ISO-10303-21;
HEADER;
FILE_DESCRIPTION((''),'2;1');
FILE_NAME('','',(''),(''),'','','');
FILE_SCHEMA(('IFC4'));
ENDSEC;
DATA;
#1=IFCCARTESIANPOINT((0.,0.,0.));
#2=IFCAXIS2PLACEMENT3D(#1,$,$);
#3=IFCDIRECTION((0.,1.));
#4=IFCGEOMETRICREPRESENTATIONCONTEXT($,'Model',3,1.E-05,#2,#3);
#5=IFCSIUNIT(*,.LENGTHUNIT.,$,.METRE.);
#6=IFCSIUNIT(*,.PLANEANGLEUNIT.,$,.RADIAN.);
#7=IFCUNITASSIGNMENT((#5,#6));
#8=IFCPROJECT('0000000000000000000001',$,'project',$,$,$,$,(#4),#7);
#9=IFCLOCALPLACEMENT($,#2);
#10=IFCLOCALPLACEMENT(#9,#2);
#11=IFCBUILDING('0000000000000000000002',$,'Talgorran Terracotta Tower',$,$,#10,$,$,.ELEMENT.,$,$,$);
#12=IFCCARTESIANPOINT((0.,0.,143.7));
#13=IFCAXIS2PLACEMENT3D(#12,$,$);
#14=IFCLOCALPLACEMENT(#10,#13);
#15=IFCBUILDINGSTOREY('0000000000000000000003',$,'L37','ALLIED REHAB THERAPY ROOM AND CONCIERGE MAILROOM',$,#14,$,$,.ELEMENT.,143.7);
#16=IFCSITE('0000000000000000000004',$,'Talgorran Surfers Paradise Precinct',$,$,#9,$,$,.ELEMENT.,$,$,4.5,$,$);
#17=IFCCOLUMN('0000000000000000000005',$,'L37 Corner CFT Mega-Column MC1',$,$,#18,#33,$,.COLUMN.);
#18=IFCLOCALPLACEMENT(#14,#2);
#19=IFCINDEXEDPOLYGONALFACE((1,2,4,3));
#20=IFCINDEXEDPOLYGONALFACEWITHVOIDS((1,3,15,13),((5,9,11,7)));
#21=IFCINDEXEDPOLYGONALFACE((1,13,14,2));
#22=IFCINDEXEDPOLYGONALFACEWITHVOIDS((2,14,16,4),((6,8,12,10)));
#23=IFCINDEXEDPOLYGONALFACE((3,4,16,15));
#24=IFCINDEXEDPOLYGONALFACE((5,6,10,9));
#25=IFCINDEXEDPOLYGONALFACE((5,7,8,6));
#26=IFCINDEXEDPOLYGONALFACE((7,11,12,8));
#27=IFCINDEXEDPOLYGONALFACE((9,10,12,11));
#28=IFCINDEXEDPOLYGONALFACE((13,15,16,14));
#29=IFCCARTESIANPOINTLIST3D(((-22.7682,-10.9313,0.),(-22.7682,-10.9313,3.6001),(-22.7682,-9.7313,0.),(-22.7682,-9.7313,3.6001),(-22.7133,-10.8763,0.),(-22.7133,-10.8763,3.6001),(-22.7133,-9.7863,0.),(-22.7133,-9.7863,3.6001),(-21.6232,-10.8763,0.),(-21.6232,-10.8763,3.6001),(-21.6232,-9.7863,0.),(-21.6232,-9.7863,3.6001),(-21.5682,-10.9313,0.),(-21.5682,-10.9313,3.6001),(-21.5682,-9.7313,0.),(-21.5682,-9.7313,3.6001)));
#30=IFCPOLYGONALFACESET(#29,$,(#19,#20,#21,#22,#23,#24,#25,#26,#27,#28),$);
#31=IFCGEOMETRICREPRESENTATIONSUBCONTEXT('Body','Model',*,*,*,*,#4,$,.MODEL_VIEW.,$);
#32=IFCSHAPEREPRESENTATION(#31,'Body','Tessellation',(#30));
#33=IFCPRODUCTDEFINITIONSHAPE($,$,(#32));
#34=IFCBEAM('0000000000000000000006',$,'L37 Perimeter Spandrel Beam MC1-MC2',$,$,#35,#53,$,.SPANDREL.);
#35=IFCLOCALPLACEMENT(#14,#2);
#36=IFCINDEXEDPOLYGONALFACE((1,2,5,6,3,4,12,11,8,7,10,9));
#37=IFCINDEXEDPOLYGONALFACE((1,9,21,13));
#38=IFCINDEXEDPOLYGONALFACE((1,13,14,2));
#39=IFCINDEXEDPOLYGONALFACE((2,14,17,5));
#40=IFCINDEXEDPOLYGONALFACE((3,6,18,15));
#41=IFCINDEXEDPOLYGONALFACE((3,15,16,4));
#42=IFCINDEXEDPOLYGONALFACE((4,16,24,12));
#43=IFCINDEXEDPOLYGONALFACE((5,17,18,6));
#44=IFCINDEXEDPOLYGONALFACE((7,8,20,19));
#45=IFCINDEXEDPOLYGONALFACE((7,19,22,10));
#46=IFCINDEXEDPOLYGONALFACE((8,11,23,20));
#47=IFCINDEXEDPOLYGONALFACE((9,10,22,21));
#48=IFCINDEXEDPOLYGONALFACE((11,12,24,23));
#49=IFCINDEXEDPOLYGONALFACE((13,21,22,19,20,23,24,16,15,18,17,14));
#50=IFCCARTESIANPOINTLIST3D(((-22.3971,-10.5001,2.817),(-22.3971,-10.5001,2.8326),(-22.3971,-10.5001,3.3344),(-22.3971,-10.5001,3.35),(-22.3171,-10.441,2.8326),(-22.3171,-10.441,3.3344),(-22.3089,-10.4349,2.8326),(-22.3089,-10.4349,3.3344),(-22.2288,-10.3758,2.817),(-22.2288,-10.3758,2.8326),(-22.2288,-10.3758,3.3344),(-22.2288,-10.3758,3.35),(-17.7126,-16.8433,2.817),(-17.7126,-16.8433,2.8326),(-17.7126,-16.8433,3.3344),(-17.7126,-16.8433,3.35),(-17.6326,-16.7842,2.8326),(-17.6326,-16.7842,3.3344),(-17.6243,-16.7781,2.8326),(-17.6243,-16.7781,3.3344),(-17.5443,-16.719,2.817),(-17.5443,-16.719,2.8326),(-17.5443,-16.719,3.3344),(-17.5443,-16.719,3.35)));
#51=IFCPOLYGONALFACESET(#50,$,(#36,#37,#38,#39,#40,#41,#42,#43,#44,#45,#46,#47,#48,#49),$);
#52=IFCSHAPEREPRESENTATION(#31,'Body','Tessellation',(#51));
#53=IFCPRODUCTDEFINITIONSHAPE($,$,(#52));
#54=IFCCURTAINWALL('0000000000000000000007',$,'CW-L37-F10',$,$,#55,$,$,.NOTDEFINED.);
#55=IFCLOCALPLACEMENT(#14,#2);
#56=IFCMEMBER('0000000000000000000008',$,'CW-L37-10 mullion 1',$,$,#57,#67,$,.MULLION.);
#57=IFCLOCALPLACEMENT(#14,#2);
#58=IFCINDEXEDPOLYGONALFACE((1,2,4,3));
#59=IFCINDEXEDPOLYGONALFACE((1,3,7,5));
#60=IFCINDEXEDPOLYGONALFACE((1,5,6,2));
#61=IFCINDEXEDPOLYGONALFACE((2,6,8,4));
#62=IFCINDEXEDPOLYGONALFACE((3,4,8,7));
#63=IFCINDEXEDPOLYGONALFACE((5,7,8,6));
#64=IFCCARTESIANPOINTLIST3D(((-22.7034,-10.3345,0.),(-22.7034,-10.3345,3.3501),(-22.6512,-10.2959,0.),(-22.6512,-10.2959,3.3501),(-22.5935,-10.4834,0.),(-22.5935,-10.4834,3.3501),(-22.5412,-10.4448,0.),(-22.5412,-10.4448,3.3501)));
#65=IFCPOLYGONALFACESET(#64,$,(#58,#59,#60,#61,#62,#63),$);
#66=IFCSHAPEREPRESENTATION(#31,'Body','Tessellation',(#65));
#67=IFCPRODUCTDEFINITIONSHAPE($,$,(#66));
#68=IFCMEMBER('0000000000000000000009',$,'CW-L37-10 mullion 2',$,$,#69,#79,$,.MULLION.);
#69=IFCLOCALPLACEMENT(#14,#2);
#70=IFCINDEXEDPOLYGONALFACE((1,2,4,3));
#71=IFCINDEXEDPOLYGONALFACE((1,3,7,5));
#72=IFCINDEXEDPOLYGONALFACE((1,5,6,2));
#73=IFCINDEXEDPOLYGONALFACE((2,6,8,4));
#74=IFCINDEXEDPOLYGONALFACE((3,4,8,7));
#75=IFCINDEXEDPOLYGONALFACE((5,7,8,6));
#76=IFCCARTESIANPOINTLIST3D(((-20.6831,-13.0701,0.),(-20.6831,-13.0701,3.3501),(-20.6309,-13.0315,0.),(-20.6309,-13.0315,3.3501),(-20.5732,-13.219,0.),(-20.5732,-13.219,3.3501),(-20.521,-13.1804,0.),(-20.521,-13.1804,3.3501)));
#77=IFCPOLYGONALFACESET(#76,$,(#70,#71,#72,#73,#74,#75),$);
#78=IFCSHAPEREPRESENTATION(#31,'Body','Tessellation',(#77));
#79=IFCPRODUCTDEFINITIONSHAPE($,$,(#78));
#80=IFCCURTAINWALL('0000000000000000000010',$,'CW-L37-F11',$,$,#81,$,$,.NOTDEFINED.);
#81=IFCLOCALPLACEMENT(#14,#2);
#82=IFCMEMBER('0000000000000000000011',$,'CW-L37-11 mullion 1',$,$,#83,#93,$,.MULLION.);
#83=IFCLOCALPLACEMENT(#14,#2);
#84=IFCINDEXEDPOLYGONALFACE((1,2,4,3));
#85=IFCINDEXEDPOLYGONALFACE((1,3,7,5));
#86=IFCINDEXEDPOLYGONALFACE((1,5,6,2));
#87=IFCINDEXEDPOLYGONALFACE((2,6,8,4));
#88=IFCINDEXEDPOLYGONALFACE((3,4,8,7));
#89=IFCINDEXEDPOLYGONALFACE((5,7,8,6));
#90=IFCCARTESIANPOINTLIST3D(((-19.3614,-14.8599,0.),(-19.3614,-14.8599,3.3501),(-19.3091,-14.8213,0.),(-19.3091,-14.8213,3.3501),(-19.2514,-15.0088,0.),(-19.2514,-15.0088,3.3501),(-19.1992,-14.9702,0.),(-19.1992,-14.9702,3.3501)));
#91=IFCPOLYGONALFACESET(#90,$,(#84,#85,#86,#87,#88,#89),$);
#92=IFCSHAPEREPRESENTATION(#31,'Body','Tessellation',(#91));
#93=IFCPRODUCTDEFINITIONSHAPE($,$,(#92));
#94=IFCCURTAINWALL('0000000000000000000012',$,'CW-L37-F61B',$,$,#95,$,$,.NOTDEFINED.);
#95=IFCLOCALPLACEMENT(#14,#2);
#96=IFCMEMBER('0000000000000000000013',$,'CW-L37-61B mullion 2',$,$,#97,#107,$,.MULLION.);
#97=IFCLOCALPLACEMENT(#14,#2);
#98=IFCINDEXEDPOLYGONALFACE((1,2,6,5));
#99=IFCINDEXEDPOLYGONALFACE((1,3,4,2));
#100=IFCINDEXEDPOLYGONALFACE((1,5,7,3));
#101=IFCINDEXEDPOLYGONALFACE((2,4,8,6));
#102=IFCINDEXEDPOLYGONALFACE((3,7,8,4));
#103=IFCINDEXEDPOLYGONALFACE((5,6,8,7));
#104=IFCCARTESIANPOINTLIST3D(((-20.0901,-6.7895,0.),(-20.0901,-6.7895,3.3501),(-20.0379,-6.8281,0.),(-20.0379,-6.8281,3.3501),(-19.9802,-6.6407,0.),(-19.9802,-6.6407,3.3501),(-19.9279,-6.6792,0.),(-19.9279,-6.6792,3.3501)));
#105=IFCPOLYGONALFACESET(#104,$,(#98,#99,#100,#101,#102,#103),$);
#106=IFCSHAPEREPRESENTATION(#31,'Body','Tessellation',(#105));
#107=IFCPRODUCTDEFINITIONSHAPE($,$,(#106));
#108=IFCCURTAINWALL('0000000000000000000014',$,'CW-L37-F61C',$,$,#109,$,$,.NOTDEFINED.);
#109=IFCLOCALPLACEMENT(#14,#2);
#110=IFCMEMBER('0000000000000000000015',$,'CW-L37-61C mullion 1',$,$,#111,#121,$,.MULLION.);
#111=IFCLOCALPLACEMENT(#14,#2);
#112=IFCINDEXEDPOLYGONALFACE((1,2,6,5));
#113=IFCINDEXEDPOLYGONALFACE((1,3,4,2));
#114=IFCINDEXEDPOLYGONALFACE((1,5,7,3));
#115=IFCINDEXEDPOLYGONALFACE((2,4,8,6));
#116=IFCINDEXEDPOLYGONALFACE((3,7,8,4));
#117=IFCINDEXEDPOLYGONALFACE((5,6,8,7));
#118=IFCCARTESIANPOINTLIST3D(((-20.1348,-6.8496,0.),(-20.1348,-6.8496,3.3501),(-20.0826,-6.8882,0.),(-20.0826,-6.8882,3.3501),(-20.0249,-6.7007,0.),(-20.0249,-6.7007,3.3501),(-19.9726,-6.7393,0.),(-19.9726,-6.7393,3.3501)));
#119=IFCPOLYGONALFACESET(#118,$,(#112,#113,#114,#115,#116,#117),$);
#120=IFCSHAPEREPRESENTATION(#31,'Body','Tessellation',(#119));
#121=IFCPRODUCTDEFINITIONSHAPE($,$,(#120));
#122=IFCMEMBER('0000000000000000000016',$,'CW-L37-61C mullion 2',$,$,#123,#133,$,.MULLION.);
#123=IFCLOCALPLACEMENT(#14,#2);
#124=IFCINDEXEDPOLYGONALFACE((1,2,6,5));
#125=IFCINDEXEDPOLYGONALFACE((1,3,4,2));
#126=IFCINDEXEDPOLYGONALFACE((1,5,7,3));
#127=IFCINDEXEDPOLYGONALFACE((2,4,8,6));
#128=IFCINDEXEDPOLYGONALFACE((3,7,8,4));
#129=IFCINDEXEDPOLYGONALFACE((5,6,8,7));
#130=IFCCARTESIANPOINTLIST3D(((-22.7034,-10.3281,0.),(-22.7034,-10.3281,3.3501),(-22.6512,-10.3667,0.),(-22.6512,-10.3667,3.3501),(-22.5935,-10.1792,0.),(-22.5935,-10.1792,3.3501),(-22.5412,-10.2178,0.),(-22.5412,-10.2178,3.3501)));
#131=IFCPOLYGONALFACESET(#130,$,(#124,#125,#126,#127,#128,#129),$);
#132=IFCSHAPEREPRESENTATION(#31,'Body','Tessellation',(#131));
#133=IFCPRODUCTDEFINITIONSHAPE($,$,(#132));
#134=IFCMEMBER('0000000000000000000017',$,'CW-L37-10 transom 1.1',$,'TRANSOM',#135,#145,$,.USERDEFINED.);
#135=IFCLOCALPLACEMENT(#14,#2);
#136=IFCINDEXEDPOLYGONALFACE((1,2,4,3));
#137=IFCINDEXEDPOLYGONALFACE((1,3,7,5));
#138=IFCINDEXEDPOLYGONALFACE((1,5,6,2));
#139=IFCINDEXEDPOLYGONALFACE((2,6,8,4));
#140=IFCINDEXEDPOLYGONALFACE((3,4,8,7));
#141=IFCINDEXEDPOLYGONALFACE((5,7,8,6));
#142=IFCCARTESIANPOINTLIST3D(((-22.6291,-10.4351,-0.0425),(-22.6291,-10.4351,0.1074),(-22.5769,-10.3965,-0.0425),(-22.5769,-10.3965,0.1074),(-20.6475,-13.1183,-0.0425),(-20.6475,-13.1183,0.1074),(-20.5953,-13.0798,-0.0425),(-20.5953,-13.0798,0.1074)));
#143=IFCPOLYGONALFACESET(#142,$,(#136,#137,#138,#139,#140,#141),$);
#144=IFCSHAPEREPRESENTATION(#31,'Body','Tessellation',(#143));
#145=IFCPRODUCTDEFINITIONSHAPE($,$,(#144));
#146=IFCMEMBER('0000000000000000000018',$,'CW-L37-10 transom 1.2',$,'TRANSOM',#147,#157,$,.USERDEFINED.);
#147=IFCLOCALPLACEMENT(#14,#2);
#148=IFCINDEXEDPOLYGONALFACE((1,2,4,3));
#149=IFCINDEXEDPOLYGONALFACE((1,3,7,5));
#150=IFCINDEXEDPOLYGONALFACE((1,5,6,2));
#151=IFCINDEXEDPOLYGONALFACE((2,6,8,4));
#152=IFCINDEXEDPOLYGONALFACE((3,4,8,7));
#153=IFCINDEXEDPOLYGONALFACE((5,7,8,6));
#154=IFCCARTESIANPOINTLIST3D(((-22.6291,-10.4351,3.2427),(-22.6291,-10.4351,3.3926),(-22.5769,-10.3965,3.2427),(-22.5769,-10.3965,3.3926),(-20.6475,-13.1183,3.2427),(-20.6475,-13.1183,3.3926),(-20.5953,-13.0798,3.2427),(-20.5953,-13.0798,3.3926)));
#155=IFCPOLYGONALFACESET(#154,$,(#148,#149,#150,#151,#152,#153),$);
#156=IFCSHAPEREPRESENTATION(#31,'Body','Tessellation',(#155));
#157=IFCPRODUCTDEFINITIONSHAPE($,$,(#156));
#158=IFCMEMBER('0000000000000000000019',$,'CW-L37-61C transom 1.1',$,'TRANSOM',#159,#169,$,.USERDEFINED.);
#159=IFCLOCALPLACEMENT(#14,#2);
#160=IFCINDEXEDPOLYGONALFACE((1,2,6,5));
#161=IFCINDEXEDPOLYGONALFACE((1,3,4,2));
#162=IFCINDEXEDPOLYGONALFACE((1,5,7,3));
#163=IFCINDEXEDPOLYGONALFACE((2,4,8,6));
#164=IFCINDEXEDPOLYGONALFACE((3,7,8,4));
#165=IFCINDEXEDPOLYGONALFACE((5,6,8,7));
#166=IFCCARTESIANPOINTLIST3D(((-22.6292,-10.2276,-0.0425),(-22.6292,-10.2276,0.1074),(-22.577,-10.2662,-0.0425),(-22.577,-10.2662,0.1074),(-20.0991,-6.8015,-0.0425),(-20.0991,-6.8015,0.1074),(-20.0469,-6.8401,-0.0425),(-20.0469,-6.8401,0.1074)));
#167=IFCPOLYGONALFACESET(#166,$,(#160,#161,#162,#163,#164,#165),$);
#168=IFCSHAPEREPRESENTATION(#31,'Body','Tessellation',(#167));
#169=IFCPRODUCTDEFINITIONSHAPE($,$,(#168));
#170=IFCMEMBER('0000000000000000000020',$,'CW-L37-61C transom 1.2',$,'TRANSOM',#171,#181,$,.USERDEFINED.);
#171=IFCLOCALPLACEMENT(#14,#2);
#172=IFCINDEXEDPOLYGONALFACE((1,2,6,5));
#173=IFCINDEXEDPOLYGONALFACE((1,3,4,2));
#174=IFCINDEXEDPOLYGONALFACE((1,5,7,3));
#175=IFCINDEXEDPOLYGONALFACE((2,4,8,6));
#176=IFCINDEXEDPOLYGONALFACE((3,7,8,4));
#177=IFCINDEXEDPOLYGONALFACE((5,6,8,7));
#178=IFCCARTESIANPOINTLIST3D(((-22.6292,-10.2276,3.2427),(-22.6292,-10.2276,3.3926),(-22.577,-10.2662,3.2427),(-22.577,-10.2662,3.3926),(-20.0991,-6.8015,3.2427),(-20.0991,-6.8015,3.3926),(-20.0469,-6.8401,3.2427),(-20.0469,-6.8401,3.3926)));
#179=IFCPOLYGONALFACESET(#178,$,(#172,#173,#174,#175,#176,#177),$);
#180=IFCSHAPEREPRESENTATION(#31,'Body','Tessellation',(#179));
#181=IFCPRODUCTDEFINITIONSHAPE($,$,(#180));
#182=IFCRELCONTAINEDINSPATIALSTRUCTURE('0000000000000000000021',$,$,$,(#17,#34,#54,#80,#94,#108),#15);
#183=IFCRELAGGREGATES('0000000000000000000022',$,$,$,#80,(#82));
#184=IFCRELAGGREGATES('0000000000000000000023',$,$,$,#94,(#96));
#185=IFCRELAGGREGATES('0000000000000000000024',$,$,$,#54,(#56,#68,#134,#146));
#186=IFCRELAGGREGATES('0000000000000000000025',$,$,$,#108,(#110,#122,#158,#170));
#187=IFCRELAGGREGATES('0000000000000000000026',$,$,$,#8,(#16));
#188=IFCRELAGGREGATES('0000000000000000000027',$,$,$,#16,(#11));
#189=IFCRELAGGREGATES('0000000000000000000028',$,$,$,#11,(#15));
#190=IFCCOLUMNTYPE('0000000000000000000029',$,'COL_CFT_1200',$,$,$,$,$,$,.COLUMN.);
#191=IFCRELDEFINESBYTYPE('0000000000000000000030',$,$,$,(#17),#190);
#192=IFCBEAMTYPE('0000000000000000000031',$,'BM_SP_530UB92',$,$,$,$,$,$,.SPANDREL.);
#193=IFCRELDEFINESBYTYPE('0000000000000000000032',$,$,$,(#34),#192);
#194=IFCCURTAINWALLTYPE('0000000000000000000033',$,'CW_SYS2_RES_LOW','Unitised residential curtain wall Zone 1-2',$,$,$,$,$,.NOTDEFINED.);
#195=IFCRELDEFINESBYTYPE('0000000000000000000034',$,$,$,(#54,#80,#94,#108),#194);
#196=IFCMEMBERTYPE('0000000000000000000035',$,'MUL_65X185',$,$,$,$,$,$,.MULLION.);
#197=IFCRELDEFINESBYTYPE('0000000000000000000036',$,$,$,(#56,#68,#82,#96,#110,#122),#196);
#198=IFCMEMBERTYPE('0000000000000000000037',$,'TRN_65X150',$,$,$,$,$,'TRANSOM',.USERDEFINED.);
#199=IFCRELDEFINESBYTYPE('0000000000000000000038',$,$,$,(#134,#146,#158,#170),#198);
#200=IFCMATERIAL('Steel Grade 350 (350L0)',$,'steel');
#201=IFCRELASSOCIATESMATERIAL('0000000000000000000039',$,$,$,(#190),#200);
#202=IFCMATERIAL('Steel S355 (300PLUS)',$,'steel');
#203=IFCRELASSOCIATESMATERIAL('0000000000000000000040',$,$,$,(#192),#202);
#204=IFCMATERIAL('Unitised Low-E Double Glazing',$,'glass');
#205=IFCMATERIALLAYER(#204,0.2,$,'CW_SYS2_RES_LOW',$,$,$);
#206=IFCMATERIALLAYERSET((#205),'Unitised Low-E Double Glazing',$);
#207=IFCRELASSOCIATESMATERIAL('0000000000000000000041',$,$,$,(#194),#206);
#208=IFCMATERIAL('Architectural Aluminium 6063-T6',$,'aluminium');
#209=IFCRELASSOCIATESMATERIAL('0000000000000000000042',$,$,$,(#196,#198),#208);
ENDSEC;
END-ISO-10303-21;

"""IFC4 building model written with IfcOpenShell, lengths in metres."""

from ifc_helpers import new_model, si_unit, direction, frame, origin, origin_2d, place, context, subcontext, project, spatial, rectangle, hollow_rectangle, i_section, extrude, material, layer, layer_set, material_profile, profile_set, type_object, element, aggregate, save


model = new_model("IFC4")

# Units and contexts
model_context = context("Model", 3, precision=1e-05, world=origin(), true_north=direction((0.0, 1.0)))
body_context = subcontext(model_context, "Body", "Model", "MODEL_VIEW")
ifc_project = project(units=[si_unit("LENGTHUNIT", "METRE"), si_unit("PLANEANGLEUNIT", "RADIAN")], contexts=[model_context])

# Site, building, storey
site_placement = place(None, origin())
site = spatial("IfcSite", under=ifc_project, at=site_placement, Name="Talgorran Surfers Paradise Precinct", CompositionType="ELEMENT", RefElevation=4.5)
building_placement = place(site_placement, origin())
building = spatial("IfcBuilding", under=site, at=building_placement, Name="Talgorran Terracotta Tower", CompositionType="ELEMENT")
storey_placement = place(building_placement, frame((0.0, 0.0, 143.7)))
storey = spatial("IfcBuildingStorey", under=building, at=storey_placement, Name="L37", Description="ALLIED REHAB THERAPY ROOM AND CONCIERGE MAILROOM", CompositionType="ELEMENT", Elevation=143.7)

# Column
ifc_material_1 = material(Name="Steel Grade 350 (350L0)", Category="steel")
ifc_material_profile_1 = material_profile(ifc_material_1, hollow_rectangle(XDim=1.2, YDim=1.2, WallThickness=0.0549, at=origin_2d()), Name="CFT1200X1200X55")
ifc_profile_set_1 = profile_set([ifc_material_profile_1], Name="Steel Grade 350 (350L0)")
column_type = type_object("IfcColumnType", Name="COL_CFT_1200", PredefinedType="COLUMN", material=ifc_profile_set_1)
column_placement = place(storey_placement, frame((-22.1682, -10.3313, 0.0), z_axis=(0.0, 0.0, 1.0), x_axis=(1.0, 0.0, 0.0)))
element("IfcColumn", 1, at=column_placement, inside=storey, type_object=column_type, Name="L37 Corner CFT Mega-Column MC1", PredefinedType="COLUMN", context=body_context, shape_type="SweptSolid", body=[
    extrude(hollow_rectangle(XDim=1.2, YDim=1.2, WallThickness=0.0549, at=origin_2d()), origin(), (0.0, 0.0, 1.0), 3.6001),
])

# Beam
ifc_material_2 = material(Name="Steel S355 (300PLUS)", Category="steel")
ifc_material_profile_2 = material_profile(ifc_material_2, i_section(OverallWidth=0.2092, OverallDepth=0.533, WebThickness=0.0103, FlangeThickness=0.0156, at=origin_2d()), Name="530UB92.4")
ifc_profile_set_2 = profile_set([ifc_material_profile_2], Name="Steel S355 (300PLUS)")
beam_type = type_object("IfcBeamType", Name="BM_SP_530UB92", PredefinedType="SPANDREL", material=ifc_profile_set_2)
beam_placement = place(storey_placement, frame((-22.313, -10.438, 3.0835), z_axis=(0.594069, -0.804414, 0.0), x_axis=(0.804414, 0.594069, 0.0)))
element("IfcBeam", 2, at=beam_placement, inside=storey, type_object=beam_type, Name="L37 Perimeter Spandrel Beam MC1-MC2", PredefinedType="SPANDREL", context=body_context, shape_type="SweptSolid", body=[
    extrude(i_section(OverallWidth=0.2092, OverallDepth=0.533, WebThickness=0.0103, FlangeThickness=0.0156, at=origin_2d()), origin(), (0.0, 0.0, 1.0), 7.8855),
])

# Curtain wall, members
ifc_material_3 = material(Name="Unitised Low-E Double Glazing", Category="glass")
ifc_layer_1 = layer(ifc_material_3, 0.2, Name="CW_SYS2_RES_LOW")
ifc_layer_set_1 = layer_set([ifc_layer_1], Name="Unitised Low-E Double Glazing")
curtain_wall_type = type_object("IfcCurtainWallType", Name="CW_SYS2_RES_LOW", Description="Unitised residential curtain wall Zone 1-2", PredefinedType="NOTDEFINED", material=ifc_layer_set_1)
curtain_wall_1_placement = place(storey_placement, origin())
curtain_wall_1 = element("IfcCurtainWall", 3, at=curtain_wall_1_placement, inside=storey, type_object=curtain_wall_type, Name="CW-L37-F10", PredefinedType="NOTDEFINED")
ifc_material_4 = material(Name="Architectural Aluminium 6063-T6", Category="aluminium")
ifc_material_profile_3 = material_profile(ifc_material_4, rectangle(XDim=0.0649, YDim=0.1851, at=origin_2d()), Name="CWM65X185")
ifc_profile_set_3 = profile_set([ifc_material_profile_3], Name="Architectural Aluminium 6063-T6")
member_type_1 = type_object("IfcMemberType", Name="MUL_65X185", PredefinedType="MULLION", material=ifc_profile_set_3)
member_1_placement = place(storey_placement, frame((-22.6223, -10.3896, 0.0), z_axis=(0.0, 0.0, 1.0), x_axis=(0.804414, 0.59407, 0.0)))
member_1 = element("IfcMember", 4, at=member_1_placement, type_object=member_type_1, Name="CW-L37-10 mullion 1", PredefinedType="MULLION", context=body_context, shape_type="SweptSolid", body=[
    extrude(rectangle(XDim=0.0649, YDim=0.1851, at=origin_2d()), origin(), (0.0, 0.0, 1.0), 3.3501),
])
member_2_placement = place(storey_placement, frame((-20.6021, -13.1252, 0.0), z_axis=(0.0, 0.0, 1.0), x_axis=(0.804414, 0.59407, 0.0)))
member_2 = element("IfcMember", 5, at=member_2_placement, type_object=member_type_1, Name="CW-L37-10 mullion 2", PredefinedType="MULLION", context=body_context, shape_type="SweptSolid", body=[
    extrude(rectangle(XDim=0.0649, YDim=0.1851, at=origin_2d()), origin(), (0.0, 0.0, 1.0), 3.3501),
])

# Curtain walls, members
curtain_wall_2_placement = place(storey_placement, origin())
curtain_wall_2 = element("IfcCurtainWall", 6, at=curtain_wall_2_placement, inside=storey, type_object=curtain_wall_type, Name="CW-L37-F11", PredefinedType="NOTDEFINED")
member_3_placement = place(storey_placement, frame((-19.2803, -14.915, 0.0), z_axis=(0.0, 0.0, 1.0), x_axis=(0.804416, 0.594066, 0.0)))
member_3 = element("IfcMember", 7, at=member_3_placement, type_object=member_type_1, Name="CW-L37-11 mullion 1", PredefinedType="MULLION", context=body_context, shape_type="SweptSolid", body=[
    extrude(rectangle(XDim=0.0649, YDim=0.1851, at=origin_2d()), origin(), (0.0, 0.0, 1.0), 3.3501),
])
aggregate(curtain_wall_2, [member_3])
curtain_wall_3_placement = place(storey_placement, origin())
curtain_wall_3 = element("IfcCurtainWall", 8, at=curtain_wall_3_placement, inside=storey, type_object=curtain_wall_type, Name="CW-L37-F61B", PredefinedType="NOTDEFINED")
member_4_placement = place(storey_placement, frame((-20.009, -6.7344, 0.0), z_axis=(0.0, 0.0, 1.0), x_axis=(0.804417, -0.594065, 0.0)))
member_4 = element("IfcMember", 9, at=member_4_placement, type_object=member_type_1, Name="CW-L37-61B mullion 2", PredefinedType="MULLION", context=body_context, shape_type="SweptSolid", body=[
    extrude(rectangle(XDim=0.0649, YDim=0.1851, at=origin_2d()), origin(), (0.0, 0.0, 1.0), 3.3501),
])
aggregate(curtain_wall_3, [member_4])

# Curtain wall, members
curtain_wall_4_placement = place(storey_placement, origin())
curtain_wall_4 = element("IfcCurtainWall", 10, at=curtain_wall_4_placement, inside=storey, type_object=curtain_wall_type, Name="CW-L37-F61C", PredefinedType="NOTDEFINED")
member_5_placement = place(storey_placement, frame((-20.0537, -6.7944, 0.0), z_axis=(0.0, 0.0, 1.0), x_axis=(0.804413, -0.594071, 0.0)))
member_5 = element("IfcMember", 11, at=member_5_placement, type_object=member_type_1, Name="CW-L37-61C mullion 1", PredefinedType="MULLION", context=body_context, shape_type="SweptSolid", body=[
    extrude(rectangle(XDim=0.0649, YDim=0.1851, at=origin_2d()), origin(), (0.0, 0.0, 1.0), 3.3501),
])
member_6_placement = place(storey_placement, frame((-22.6223, -10.2729, 0.0), z_axis=(0.0, 0.0, 1.0), x_axis=(0.804413, -0.594071, 0.0)))
member_6 = element("IfcMember", 12, at=member_6_placement, type_object=member_type_1, Name="CW-L37-61C mullion 2", PredefinedType="MULLION", context=body_context, shape_type="SweptSolid", body=[
    extrude(rectangle(XDim=0.0649, YDim=0.1851, at=origin_2d()), origin(), (0.0, 0.0, 1.0), 3.3501),
])

# Members
ifc_material_profile_4 = material_profile(ifc_material_4, rectangle(XDim=0.0649, YDim=0.1499, at=origin_2d()), Name="CWT65X150")
ifc_profile_set_4 = profile_set([ifc_material_profile_4], Name="Architectural Aluminium 6063-T6")
member_type_2 = type_object("IfcMemberType", Name="TRN_65X150", ElementType="TRANSOM", PredefinedType="USERDEFINED", material=ifc_profile_set_4)
member_7_placement = place(storey_placement, frame((-22.603, -10.4158, 0.0325), z_axis=(0.59407, -0.804413, 0.0), x_axis=(0.804413, 0.59407, 0.0)))
member_7 = element("IfcMember", 13, at=member_7_placement, type_object=member_type_2, Name="CW-L37-10 transom 1.1", ObjectType="TRANSOM", PredefinedType="USERDEFINED", context=body_context, shape_type="SweptSolid", body=[
    extrude(rectangle(XDim=0.0649, YDim=0.1499, at=origin_2d()), origin(), (0.0, 0.0, 1.0), 3.3357),
])
member_8_placement = place(storey_placement, frame((-22.603, -10.4158, 3.3176), z_axis=(0.59407, -0.804413, 0.0), x_axis=(0.804413, 0.59407, 0.0)))
member_8 = element("IfcMember", 14, at=member_8_placement, type_object=member_type_2, Name="CW-L37-10 transom 1.2", ObjectType="TRANSOM", PredefinedType="USERDEFINED", context=body_context, shape_type="SweptSolid", body=[
    extrude(rectangle(XDim=0.0649, YDim=0.1499, at=origin_2d()), origin(), (0.0, 0.0, 1.0), 3.3357),
])
member_9_placement = place(storey_placement, frame((-20.073, -6.8208, 0.0325), z_axis=(-0.594049, -0.804429, 0.0), x_axis=(0.804429, -0.594049, 0.0)))
member_9 = element("IfcMember", 15, at=member_9_placement, type_object=member_type_2, Name="CW-L37-61C transom 1.1", ObjectType="TRANSOM", PredefinedType="USERDEFINED", context=body_context, shape_type="SweptSolid", body=[
    extrude(rectangle(XDim=0.0649, YDim=0.1499, at=origin_2d()), origin(), (0.0, 0.0, 1.0), 4.259),
])
member_10_placement = place(storey_placement, frame((-20.073, -6.8208, 3.3176), z_axis=(-0.594049, -0.804429, 0.0), x_axis=(0.804429, -0.594049, 0.0)))
member_10 = element("IfcMember", 16, at=member_10_placement, type_object=member_type_2, Name="CW-L37-61C transom 1.2", ObjectType="TRANSOM", PredefinedType="USERDEFINED", context=body_context, shape_type="SweptSolid", body=[
    extrude(rectangle(XDim=0.0649, YDim=0.1499, at=origin_2d()), origin(), (0.0, 0.0, 1.0), 4.259),
])

aggregate(curtain_wall_1, [member_1, member_2, member_7, member_8])
aggregate(curtain_wall_4, [member_5, member_6, member_9, member_10])

save(model, "model.ifc")
